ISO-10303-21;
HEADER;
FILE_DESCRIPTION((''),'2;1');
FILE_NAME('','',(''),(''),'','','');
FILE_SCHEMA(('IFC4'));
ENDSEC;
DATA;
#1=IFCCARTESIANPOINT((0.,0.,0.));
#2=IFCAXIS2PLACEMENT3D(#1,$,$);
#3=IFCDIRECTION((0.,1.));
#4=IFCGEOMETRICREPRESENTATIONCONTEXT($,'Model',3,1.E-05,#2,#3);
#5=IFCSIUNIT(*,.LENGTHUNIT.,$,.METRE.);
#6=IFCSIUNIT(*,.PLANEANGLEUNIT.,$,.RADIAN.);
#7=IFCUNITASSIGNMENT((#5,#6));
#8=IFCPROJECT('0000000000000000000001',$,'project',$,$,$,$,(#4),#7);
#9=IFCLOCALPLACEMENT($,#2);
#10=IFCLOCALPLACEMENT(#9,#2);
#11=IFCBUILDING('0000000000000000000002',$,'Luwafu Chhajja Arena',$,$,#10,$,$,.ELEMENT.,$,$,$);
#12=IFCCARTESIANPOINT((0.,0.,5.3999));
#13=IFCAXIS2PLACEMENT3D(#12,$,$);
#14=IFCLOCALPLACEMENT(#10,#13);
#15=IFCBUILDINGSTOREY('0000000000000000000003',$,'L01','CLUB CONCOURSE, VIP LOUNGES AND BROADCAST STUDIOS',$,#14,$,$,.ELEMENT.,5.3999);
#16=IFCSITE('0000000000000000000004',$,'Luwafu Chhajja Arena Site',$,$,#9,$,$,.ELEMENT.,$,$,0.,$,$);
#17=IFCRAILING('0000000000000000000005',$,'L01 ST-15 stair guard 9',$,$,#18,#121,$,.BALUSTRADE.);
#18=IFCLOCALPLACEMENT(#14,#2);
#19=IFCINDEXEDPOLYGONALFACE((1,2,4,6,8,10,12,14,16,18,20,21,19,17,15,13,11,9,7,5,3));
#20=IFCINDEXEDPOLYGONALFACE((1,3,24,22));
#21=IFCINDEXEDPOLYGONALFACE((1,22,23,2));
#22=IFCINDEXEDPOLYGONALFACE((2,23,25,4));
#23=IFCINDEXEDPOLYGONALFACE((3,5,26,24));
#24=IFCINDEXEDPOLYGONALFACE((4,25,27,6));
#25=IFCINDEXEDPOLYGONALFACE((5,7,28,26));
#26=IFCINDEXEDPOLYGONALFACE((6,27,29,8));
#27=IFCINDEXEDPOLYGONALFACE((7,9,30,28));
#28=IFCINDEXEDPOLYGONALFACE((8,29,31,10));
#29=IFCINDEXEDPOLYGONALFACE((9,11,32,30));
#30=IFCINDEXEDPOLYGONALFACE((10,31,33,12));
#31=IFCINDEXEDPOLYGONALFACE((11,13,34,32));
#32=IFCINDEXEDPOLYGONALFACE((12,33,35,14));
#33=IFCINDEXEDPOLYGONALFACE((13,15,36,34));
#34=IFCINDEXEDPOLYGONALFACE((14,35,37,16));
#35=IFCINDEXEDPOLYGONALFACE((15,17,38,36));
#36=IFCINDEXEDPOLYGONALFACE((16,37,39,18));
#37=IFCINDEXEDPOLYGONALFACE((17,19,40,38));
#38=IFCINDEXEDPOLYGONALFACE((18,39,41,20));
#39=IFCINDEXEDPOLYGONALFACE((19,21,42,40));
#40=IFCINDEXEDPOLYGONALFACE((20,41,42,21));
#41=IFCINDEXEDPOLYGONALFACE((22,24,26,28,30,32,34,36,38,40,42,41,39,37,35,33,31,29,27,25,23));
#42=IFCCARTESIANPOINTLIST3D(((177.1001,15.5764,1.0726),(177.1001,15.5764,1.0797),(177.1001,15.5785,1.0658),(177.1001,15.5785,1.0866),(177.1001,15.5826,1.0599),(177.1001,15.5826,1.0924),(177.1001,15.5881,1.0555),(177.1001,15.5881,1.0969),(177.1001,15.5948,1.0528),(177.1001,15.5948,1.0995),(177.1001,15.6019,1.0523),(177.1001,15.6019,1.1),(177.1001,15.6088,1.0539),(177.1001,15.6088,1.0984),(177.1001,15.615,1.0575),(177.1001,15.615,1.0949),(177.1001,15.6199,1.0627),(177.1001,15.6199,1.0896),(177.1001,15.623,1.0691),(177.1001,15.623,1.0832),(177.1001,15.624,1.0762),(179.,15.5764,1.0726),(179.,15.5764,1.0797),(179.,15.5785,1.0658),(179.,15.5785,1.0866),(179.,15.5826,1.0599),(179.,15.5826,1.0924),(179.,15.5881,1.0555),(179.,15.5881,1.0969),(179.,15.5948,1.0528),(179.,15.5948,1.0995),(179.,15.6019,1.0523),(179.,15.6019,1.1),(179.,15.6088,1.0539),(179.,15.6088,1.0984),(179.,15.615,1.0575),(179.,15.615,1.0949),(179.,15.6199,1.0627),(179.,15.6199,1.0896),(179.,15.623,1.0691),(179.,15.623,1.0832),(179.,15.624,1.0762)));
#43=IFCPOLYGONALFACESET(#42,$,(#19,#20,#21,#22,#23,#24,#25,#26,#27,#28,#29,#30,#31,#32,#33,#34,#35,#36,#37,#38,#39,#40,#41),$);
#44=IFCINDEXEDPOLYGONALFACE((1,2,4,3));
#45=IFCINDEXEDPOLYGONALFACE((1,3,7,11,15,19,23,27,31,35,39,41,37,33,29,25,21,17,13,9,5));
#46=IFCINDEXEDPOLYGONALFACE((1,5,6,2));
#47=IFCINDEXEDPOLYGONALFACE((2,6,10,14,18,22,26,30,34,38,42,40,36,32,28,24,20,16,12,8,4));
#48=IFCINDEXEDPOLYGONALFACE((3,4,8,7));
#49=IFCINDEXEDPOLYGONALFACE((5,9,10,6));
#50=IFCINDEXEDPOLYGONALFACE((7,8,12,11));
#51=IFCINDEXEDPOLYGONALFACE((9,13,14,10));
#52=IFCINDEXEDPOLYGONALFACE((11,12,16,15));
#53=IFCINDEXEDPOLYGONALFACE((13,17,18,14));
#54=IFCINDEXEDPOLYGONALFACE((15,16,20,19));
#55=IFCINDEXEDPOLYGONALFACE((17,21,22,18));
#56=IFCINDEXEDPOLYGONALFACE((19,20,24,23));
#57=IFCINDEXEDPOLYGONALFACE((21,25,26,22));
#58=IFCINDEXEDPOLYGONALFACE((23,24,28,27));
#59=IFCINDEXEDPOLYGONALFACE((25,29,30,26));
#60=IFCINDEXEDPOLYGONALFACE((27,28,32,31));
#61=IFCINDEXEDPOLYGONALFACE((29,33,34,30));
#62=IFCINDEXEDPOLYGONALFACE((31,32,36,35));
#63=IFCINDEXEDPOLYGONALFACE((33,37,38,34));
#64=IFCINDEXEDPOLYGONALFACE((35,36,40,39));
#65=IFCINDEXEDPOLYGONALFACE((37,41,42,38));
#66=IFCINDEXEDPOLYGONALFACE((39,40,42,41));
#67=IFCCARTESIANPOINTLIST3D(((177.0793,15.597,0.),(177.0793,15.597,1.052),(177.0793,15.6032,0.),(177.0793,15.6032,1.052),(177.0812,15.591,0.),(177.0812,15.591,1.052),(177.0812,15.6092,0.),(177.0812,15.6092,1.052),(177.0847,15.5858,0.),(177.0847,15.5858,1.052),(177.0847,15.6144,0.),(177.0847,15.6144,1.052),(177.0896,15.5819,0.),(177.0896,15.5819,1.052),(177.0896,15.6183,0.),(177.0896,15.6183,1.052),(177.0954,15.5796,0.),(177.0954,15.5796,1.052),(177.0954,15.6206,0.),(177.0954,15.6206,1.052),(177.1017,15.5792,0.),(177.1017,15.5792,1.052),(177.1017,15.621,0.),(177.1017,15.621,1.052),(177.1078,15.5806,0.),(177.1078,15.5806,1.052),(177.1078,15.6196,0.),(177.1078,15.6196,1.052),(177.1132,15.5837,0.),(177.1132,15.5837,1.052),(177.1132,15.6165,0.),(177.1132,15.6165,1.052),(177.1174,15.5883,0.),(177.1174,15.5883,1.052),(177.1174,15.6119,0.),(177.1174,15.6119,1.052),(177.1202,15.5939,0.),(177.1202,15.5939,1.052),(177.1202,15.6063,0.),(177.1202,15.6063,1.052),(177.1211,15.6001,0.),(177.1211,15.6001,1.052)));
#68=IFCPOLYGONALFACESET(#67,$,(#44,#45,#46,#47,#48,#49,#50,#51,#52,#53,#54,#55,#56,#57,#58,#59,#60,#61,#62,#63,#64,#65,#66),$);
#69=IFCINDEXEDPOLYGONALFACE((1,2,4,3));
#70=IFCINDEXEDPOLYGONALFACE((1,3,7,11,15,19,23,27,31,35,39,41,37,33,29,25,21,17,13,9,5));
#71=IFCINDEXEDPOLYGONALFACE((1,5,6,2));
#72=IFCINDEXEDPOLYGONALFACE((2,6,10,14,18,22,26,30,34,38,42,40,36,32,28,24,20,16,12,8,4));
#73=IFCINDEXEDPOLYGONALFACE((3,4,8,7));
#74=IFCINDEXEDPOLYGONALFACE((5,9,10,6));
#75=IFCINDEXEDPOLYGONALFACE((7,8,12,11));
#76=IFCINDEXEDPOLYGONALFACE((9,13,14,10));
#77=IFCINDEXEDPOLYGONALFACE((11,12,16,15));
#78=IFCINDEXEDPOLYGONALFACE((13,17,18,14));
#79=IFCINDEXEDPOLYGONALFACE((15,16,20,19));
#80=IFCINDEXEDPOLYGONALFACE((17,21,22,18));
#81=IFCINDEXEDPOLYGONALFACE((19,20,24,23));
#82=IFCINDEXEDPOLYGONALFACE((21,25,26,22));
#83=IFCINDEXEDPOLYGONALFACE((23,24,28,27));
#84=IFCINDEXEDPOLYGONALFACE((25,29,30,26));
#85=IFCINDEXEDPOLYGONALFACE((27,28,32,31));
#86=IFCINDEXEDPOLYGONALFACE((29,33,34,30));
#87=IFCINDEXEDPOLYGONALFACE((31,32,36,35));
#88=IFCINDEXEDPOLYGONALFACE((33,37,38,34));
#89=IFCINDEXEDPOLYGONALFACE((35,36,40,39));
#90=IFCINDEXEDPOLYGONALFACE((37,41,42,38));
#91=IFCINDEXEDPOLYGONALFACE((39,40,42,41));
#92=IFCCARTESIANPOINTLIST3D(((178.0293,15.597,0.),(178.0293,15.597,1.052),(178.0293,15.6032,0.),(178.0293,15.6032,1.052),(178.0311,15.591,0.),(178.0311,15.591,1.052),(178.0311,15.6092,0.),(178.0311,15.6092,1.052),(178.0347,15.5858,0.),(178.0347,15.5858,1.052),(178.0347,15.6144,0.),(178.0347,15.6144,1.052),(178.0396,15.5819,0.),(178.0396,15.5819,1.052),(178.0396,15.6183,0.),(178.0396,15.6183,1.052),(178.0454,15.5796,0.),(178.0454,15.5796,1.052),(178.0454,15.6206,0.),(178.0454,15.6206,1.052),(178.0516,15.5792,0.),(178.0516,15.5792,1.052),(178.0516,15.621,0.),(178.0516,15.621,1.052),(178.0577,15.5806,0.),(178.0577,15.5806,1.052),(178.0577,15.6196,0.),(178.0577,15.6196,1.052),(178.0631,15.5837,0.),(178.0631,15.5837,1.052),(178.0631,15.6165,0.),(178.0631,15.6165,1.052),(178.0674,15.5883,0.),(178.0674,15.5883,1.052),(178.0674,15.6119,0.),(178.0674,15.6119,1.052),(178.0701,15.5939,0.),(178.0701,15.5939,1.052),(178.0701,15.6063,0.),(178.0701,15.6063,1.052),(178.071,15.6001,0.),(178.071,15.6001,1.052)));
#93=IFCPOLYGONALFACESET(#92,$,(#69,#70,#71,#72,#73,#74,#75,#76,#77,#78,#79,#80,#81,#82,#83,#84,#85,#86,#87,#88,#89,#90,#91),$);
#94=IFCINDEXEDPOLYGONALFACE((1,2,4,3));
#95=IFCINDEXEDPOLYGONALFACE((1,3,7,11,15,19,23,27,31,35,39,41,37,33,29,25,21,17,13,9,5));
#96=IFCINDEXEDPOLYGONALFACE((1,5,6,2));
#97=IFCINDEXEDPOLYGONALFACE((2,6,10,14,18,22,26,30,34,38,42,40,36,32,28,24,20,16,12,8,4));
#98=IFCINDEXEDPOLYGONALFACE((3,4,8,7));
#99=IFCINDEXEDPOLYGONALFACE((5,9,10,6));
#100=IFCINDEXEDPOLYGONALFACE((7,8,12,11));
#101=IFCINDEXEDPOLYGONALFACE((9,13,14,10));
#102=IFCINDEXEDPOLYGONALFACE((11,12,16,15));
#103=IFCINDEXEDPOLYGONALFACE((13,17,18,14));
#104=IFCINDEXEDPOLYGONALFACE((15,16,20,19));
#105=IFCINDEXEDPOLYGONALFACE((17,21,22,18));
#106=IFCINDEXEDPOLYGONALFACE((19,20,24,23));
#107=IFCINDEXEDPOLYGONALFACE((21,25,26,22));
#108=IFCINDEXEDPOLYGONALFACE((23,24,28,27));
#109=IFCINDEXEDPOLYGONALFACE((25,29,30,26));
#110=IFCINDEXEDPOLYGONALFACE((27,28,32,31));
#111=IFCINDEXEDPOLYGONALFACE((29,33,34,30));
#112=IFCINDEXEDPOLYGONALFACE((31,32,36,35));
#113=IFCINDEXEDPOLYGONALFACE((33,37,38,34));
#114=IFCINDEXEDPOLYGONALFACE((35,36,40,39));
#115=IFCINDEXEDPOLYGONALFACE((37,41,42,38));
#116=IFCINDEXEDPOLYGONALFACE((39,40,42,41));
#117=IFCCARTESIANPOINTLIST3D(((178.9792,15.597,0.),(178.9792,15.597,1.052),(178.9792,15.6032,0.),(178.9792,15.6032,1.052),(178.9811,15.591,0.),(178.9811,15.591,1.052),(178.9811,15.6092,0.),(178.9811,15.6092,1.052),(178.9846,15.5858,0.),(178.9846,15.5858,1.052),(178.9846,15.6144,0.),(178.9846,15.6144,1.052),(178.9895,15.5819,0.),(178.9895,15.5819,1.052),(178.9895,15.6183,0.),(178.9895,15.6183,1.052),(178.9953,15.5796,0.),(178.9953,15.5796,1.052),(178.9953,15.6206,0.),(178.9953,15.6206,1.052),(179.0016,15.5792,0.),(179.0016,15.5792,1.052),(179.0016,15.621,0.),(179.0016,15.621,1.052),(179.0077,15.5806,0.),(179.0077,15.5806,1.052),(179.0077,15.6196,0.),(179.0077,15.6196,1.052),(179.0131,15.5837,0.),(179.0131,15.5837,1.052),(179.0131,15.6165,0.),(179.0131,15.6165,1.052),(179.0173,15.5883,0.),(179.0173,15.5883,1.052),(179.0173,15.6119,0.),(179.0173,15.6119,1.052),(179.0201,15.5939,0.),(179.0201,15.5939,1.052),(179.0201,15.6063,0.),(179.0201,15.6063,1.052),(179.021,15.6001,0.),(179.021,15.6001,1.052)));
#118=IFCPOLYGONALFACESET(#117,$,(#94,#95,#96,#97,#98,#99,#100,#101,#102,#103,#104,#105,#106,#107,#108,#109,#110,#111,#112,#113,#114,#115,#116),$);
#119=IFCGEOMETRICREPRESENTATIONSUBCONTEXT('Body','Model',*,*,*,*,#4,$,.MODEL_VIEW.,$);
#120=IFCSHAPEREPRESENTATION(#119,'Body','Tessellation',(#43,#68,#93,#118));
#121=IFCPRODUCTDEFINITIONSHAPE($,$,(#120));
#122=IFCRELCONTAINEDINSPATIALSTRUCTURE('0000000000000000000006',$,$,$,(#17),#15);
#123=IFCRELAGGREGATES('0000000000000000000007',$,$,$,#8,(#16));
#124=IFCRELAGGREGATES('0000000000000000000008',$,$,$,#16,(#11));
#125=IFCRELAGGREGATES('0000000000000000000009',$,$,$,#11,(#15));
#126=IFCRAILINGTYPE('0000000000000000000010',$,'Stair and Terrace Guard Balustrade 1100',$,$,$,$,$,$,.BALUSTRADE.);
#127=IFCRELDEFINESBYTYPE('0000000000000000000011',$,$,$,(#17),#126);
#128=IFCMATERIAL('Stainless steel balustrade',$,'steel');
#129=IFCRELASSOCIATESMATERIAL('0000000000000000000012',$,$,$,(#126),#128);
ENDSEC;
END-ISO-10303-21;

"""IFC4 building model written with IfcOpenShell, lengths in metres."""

from ifc_helpers import new_model, si_unit, direction, frame, origin, origin_2d, place, context, subcontext, project, spatial, circle, extrude, material, type_object, element, save


model = new_model("IFC4")

# Units and contexts
model_context = context("Model", 3, precision=1e-05, world=origin(), true_north=direction((0.0, 1.0)))
body_context = subcontext(model_context, "Body", "Model", "MODEL_VIEW")
ifc_project = project(units=[si_unit("LENGTHUNIT", "METRE"), si_unit("PLANEANGLEUNIT", "RADIAN")], contexts=[model_context])

# Site, building, storey
site_placement = place(None, origin())
site = spatial("IfcSite", under=ifc_project, at=site_placement, Name="Luwafu Chhajja Arena Site", CompositionType="ELEMENT", RefElevation=0.0)
building_placement = place(site_placement, origin())
building = spatial("IfcBuilding", under=site, at=building_placement, Name="Luwafu Chhajja Arena", CompositionType="ELEMENT")
storey_placement = place(building_placement, frame((0.0, 0.0, 5.3999)))
storey = spatial("IfcBuildingStorey", under=building, at=storey_placement, Name="L01", Description="CLUB CONCOURSE, VIP LOUNGES AND BROADCAST STUDIOS", CompositionType="ELEMENT", Elevation=5.3999)

# Railing
ifc_material_1 = material(Name="Stainless steel balustrade", Category="steel")
railing_type_1 = type_object("IfcRailingType", Name="Stair and Terrace Guard Balustrade 1100", PredefinedType="BALUSTRADE", material=ifc_material_1)
for number, where, name in (
    (1, (177.1001, 15.6001, 0.0), "L01 ST-15 stair guard 9"),
):
    element("IfcRailing", number, at=place(storey_placement, frame(where)), inside=storey, type_object=railing_type_1, Name=name, PredefinedType="BALUSTRADE", context=body_context, shape_type="SweptSolid", body=[
        extrude(circle(Radius=0.0239, at=origin_2d()), frame((0.0, 0.0, 1.0762), z_axis=(1.0, 0.0, 0.0), x_axis=(0.0, 1.0, 0.0)), (0.0, 0.0, 1.0), 1.8999),
        extrude(circle(Radius=0.021, at=origin_2d()), origin(), (0.0, 0.0, 1.0), 1.052),
        extrude(circle(Radius=0.021, at=origin_2d()), frame((0.95, 0.0, 0.0)), (0.0, 0.0, 1.0), 1.052),
        extrude(circle(Radius=0.021, at=origin_2d()), frame((1.8999, 0.0, 0.0)), (0.0, 0.0, 1.0), 1.052),
    ])

save(model, "model.ifc")
